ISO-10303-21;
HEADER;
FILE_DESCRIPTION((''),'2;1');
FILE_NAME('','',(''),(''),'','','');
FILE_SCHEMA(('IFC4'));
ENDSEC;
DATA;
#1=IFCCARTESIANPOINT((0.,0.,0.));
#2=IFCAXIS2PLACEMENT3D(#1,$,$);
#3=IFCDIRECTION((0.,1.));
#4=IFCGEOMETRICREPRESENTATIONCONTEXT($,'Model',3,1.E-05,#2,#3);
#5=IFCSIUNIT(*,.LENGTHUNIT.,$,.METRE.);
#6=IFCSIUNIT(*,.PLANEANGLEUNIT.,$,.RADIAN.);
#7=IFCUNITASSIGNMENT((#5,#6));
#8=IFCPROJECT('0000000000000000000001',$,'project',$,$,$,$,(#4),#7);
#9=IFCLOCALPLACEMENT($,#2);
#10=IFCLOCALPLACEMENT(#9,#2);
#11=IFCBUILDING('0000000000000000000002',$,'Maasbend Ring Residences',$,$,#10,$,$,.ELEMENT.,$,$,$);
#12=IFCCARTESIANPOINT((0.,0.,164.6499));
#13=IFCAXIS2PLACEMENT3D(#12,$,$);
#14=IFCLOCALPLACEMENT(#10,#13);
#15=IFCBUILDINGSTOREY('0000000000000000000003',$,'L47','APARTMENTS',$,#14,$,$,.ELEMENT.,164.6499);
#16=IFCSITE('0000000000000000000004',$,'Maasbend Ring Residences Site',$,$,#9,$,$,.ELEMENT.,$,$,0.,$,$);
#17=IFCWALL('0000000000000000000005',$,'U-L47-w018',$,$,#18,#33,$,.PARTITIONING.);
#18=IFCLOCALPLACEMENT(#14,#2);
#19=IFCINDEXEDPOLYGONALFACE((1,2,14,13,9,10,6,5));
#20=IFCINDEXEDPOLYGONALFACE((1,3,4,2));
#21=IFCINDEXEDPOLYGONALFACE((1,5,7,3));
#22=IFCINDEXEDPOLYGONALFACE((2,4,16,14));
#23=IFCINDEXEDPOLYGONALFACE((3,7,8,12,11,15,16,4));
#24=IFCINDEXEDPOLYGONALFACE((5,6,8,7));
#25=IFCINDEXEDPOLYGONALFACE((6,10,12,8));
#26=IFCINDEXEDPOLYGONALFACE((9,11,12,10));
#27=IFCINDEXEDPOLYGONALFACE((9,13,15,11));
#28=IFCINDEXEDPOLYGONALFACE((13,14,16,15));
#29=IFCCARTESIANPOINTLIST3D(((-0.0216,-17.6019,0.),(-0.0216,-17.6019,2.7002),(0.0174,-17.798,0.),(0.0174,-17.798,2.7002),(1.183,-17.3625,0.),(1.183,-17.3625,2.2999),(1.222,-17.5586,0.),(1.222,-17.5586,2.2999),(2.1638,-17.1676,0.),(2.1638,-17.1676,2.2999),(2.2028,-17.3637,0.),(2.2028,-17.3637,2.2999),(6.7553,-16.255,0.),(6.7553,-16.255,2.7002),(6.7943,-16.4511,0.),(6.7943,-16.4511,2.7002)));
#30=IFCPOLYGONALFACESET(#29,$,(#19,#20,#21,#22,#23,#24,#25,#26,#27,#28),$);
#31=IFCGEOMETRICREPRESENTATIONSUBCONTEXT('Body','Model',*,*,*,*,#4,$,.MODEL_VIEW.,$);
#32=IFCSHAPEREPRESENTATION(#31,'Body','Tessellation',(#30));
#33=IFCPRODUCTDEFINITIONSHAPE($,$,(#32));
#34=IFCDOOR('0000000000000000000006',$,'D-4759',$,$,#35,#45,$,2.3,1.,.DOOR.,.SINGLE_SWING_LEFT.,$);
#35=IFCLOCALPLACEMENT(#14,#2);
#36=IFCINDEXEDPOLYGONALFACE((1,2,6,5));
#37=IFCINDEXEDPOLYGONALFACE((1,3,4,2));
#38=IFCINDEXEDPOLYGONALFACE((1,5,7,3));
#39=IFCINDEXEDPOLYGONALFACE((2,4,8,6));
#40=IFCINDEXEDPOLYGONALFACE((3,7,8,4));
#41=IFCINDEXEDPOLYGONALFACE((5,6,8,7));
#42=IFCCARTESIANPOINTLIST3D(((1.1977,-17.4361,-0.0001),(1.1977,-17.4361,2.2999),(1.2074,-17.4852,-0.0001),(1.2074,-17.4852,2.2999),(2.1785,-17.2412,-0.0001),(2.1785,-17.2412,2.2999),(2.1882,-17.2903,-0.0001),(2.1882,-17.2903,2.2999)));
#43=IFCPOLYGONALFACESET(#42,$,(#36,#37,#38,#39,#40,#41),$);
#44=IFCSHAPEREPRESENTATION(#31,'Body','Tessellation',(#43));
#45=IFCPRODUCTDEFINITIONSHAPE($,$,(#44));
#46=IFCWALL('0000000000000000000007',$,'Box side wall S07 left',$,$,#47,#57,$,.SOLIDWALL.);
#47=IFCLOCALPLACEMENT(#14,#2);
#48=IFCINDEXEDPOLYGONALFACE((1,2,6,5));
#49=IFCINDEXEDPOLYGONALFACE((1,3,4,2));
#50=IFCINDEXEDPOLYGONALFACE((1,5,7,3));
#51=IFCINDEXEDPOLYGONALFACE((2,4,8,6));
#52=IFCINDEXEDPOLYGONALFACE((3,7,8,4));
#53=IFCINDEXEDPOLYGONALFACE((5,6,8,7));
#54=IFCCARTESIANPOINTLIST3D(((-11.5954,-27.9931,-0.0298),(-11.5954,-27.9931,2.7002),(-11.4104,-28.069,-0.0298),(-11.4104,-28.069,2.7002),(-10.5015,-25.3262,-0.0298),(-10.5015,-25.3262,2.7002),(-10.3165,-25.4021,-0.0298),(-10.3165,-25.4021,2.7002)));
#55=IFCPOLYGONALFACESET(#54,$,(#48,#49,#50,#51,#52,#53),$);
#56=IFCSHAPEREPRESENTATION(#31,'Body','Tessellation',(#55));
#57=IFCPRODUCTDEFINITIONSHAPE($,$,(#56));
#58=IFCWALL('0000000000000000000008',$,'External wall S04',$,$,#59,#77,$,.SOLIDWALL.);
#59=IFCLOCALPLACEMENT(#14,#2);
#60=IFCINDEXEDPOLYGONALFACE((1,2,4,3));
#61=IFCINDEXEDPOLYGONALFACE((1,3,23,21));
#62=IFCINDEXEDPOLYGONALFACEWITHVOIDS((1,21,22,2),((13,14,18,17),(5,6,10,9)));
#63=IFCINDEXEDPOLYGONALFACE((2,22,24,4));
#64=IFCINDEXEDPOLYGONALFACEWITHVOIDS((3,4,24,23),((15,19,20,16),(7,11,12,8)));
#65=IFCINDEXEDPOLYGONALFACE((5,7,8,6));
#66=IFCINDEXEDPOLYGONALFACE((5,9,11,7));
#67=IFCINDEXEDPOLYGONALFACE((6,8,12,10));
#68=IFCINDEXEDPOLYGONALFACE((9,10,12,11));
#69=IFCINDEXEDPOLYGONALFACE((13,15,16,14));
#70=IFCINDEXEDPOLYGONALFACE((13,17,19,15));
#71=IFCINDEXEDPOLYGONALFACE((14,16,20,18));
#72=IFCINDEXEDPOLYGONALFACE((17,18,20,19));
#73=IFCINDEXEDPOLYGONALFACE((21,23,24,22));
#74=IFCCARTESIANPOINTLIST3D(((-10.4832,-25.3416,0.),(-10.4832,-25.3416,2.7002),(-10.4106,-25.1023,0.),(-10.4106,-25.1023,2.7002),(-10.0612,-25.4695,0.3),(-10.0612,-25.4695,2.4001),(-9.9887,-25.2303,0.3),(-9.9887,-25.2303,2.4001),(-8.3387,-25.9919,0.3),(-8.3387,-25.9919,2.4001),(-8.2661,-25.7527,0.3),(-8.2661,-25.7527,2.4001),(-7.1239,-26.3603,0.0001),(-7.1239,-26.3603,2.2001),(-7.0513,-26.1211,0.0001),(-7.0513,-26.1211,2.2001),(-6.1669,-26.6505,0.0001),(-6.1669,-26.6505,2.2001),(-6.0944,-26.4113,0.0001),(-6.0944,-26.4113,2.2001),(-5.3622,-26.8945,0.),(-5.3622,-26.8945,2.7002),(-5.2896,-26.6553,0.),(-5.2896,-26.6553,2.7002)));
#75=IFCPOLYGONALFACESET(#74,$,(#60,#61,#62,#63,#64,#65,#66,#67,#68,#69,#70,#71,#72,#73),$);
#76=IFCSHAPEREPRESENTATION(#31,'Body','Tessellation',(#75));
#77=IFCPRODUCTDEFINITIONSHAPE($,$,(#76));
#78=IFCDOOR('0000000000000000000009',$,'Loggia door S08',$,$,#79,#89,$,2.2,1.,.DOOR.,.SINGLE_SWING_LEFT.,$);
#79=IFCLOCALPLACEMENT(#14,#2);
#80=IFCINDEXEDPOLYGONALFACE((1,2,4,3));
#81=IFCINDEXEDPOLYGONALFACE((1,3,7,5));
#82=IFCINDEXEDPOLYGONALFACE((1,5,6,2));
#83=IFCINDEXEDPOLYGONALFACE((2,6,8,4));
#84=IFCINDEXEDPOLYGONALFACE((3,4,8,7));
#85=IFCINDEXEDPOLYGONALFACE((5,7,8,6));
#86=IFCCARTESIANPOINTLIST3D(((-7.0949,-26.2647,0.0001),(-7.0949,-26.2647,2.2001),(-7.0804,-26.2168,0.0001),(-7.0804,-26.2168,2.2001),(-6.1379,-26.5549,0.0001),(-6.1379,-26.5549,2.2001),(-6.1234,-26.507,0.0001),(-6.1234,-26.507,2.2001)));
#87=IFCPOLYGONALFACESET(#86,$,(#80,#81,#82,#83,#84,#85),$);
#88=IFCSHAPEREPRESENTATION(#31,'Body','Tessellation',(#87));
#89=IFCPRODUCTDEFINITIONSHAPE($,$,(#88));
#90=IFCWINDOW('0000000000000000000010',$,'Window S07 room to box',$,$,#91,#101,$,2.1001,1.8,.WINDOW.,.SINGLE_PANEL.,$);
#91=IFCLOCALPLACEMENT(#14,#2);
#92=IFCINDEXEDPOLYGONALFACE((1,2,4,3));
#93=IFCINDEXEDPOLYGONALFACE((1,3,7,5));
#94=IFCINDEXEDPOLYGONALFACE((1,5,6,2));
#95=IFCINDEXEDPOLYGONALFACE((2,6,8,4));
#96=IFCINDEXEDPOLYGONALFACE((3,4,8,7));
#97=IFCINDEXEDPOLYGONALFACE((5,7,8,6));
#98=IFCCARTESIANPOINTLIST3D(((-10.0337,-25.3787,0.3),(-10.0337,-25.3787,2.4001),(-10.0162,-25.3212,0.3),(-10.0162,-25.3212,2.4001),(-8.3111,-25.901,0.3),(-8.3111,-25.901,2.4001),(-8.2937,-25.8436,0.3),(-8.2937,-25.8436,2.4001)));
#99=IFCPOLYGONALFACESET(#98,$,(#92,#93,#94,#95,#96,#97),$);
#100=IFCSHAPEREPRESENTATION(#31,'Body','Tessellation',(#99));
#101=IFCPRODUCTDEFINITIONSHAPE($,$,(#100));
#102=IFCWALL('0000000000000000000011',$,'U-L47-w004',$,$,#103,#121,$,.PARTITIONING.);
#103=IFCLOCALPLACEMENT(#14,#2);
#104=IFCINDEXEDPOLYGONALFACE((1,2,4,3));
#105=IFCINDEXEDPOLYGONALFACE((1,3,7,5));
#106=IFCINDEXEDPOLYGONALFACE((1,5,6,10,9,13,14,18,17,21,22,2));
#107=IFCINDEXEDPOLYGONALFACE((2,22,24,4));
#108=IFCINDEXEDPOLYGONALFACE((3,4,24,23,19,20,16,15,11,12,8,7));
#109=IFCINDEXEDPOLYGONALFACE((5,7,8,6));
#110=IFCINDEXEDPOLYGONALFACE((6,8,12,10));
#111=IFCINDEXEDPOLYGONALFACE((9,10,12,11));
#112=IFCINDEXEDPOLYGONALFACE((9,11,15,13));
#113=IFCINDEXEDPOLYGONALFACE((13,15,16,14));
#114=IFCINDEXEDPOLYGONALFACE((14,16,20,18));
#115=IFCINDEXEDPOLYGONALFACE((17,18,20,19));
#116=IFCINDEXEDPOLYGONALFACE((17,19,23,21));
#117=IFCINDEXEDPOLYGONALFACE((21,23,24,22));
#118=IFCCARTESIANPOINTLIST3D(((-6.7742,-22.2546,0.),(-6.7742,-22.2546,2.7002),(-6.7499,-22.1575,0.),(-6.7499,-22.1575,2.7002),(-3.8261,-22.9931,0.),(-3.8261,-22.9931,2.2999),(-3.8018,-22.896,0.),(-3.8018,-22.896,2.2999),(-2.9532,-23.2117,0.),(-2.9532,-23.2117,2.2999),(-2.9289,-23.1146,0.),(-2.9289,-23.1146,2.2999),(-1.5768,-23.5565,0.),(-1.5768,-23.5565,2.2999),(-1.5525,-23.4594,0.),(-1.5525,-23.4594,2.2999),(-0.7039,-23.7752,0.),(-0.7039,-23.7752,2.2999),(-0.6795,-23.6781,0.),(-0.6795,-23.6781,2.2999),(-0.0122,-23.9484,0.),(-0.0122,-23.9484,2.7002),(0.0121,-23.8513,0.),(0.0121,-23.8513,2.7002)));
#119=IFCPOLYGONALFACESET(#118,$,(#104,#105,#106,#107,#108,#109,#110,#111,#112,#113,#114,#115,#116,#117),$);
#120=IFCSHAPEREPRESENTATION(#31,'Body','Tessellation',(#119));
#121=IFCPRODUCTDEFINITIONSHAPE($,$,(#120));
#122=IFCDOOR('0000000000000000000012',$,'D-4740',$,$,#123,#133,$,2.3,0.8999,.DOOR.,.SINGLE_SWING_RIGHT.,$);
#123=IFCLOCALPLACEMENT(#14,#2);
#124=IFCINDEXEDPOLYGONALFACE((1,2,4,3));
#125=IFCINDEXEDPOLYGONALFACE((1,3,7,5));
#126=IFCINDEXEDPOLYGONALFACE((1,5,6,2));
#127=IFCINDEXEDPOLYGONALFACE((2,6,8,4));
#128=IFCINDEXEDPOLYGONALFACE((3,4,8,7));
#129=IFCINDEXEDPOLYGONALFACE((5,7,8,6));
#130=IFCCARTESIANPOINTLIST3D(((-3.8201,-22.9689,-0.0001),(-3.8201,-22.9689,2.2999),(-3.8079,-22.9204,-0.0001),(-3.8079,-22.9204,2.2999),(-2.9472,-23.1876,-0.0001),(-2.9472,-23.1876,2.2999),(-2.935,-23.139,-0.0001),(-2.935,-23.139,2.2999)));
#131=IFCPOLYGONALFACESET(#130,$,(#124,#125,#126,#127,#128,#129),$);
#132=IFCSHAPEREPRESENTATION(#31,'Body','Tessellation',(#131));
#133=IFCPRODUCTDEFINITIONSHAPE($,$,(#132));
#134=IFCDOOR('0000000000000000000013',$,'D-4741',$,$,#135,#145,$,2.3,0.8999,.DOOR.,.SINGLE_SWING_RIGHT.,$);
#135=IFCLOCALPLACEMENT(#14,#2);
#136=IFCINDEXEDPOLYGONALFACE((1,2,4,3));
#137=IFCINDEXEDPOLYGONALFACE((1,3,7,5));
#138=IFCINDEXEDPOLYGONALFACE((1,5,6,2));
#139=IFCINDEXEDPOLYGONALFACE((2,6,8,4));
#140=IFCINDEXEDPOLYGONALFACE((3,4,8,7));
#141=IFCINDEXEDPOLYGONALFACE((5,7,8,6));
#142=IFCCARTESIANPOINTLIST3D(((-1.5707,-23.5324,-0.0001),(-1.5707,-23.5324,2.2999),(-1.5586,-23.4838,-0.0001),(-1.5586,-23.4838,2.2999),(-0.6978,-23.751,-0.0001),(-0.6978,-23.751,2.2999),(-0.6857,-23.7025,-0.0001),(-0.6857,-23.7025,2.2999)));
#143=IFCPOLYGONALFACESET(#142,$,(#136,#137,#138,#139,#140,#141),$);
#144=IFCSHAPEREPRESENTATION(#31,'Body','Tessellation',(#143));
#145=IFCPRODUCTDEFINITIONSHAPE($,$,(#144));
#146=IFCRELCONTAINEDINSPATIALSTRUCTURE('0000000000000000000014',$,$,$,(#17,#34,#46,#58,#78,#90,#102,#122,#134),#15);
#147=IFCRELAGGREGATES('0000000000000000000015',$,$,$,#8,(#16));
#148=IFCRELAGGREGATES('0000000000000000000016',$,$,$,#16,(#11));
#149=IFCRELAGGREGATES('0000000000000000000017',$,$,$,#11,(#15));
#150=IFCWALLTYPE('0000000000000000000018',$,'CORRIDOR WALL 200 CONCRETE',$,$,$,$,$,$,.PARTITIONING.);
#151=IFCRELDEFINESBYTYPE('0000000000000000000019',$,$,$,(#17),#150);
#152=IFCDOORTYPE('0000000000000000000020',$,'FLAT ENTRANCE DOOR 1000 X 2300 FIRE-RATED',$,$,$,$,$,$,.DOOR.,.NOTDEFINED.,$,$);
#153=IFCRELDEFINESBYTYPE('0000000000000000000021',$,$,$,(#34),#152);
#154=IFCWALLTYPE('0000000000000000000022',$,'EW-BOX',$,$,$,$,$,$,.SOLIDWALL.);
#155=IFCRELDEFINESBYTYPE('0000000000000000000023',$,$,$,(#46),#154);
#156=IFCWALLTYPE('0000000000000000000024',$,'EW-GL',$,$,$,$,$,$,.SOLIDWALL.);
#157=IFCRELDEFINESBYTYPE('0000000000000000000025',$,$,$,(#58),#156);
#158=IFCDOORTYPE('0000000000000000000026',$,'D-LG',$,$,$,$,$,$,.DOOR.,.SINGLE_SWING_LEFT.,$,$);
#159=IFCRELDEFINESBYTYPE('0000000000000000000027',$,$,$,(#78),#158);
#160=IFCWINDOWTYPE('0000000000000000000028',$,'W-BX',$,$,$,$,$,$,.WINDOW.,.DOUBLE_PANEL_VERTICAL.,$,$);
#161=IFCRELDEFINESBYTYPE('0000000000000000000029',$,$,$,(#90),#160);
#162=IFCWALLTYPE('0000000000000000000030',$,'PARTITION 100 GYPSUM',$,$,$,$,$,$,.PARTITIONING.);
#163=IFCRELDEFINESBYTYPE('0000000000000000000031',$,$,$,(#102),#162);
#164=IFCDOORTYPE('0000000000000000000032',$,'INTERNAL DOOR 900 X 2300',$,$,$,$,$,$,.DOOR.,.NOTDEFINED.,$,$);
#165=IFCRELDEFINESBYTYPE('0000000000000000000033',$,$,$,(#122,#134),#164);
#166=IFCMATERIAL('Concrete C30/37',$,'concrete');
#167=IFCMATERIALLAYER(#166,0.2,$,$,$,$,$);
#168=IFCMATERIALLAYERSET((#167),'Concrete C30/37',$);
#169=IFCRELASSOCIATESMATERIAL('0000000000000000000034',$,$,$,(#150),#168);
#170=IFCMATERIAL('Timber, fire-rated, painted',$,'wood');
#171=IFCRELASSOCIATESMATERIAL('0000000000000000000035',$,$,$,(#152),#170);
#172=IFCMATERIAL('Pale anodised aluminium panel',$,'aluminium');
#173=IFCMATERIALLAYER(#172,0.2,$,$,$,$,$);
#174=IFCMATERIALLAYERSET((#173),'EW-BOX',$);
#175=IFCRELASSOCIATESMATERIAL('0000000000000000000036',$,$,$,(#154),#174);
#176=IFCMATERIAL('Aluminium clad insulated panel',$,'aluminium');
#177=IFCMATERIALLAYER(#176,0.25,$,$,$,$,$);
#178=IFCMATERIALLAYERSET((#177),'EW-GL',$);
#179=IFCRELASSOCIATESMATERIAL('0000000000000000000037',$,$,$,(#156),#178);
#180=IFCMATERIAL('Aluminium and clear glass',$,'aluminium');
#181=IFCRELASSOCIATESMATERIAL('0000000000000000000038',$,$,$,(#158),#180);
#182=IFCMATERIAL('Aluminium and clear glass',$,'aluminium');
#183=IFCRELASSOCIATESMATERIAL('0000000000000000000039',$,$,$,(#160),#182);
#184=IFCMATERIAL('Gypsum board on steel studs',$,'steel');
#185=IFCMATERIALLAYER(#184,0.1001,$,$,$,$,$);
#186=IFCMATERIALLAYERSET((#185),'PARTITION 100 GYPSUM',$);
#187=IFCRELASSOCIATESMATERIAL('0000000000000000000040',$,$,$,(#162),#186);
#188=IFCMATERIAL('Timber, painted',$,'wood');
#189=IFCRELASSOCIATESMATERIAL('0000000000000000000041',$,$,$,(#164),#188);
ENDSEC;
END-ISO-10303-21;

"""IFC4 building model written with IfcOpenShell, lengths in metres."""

from ifc_helpers import new_model, si_unit, direction, frame, frame_2d, origin, place, context, subcontext, project, spatial, rectangle, extrude, material, layer, layer_set, type_object, element, fill, save


model = new_model("IFC4")

# Units and contexts
model_context = context("Model", 3, precision=1e-05, world=origin(), true_north=direction((0.0, 1.0)))
body_context = subcontext(model_context, "Body", "Model", "MODEL_VIEW")
ifc_project = project(units=[si_unit("LENGTHUNIT", "METRE"), si_unit("PLANEANGLEUNIT", "RADIAN")], contexts=[model_context])

# Site, building, storey
site_placement = place(None, origin())
site = spatial("IfcSite", under=ifc_project, at=site_placement, Name="Maasbend Ring Residences Site", CompositionType="ELEMENT", RefElevation=0.0)
building_placement = place(site_placement, origin())
building = spatial("IfcBuilding", under=site, at=building_placement, Name="Maasbend Ring Residences", CompositionType="ELEMENT")
storey_placement = place(building_placement, frame((0.0, 0.0, 164.6499)))
storey = spatial("IfcBuildingStorey", under=building, at=storey_placement, Name="L47", Description="APARTMENTS", CompositionType="ELEMENT", Elevation=164.6499)

# Wall, opening, door
ifc_material_1 = material(Name="Concrete C30/37", Category="concrete")
ifc_layer_1 = layer(ifc_material_1, 0.2)
ifc_layer_set_1 = layer_set([ifc_layer_1], Name="Concrete C30/37")
wall_type_1 = type_object("IfcWallType", Name="CORRIDOR WALL 200 CONCRETE", PredefinedType="PARTITIONING", material=ifc_layer_set_1)
ifc_material_2 = material(Name="Timber, fire-rated, painted", Category="wood")
door_type_1 = type_object("IfcDoorType", Name="FLAT ENTRANCE DOOR 1000 X 2300 FIRE-RATED", OperationType="NOTDEFINED", PredefinedType="DOOR", material=ifc_material_2)
wall_1_placement = place(storey_placement, frame((-0.002, -17.7, 0.0), z_axis=(0.0, 0.0, 1.0), x_axis=(0.980815, 0.19494, 0.0)))
wall_1 = element("IfcWall", 1, at=wall_1_placement, inside=storey, type_object=wall_type_1, Name="U-L47-w018", PredefinedType="PARTITIONING", context=body_context, shape_type="SweptSolid", body=[
    extrude(rectangle(XDim=6.9094, YDim=0.2, at=frame_2d((3.4546, 0.0))), origin(), (0.0, 0.0, 1.0), 2.7002),
])
opening_1_placement = place(wall_1_placement, frame((1.228, 0.0, 0.0)))
opening_1 = element("IfcOpeningElement", 2, at=opening_1_placement, cuts=wall_1, PredefinedType="OPENING", context=body_context, shape_type="SweptSolid", body=[
    extrude(rectangle(XDim=1.0, YDim=2.3, at=frame_2d((0.5, 1.1499))), frame((0.0, 0.1099, 0.0), z_axis=(0.0, -1.0, 0.0), x_axis=(1.0, 0.0, 0.0)), (0.0, 0.0, 1.0), 0.22),
])
door_1_placement = place(opening_1_placement, origin())
door_1 = element("IfcDoor", 3, at=door_1_placement, inside=storey, type_object=door_type_1, Name="D-4759", OperationType="SINGLE_SWING_LEFT", OverallHeight=2.3, OverallWidth=1.0, PredefinedType="DOOR", context=body_context, shape_type="SweptSolid", body=[
    extrude(rectangle(XDim=1.0, YDim=2.3, at=frame_2d((0.5, 1.1499))), frame((0.0, 0.0249, 0.0), z_axis=(0.0, -1.0, 0.0), x_axis=(1.0, 0.0, 0.0)), (0.0, 0.0, 1.0), 0.05),
])
fill(opening_1, door_1)

# Wall
ifc_material_3 = material(Name="Pale anodised aluminium panel", Category="aluminium")
ifc_layer_2 = layer(ifc_material_3, 0.2)
ifc_layer_set_2 = layer_set([ifc_layer_2], Name="EW-BOX")
wall_type_2 = type_object("IfcWallType", Name="EW-BOX", PredefinedType="SOLIDWALL", material=ifc_layer_set_2)
wall_2_placement = place(storey_placement, frame((-10.4089, -25.364, -0.0298), z_axis=(0.0, 0.0, 1.0), x_axis=(-0.37951, -0.925188, 0.0)))
element("IfcWall", 4, at=wall_2_placement, inside=storey, type_object=wall_type_2, Name="Box side wall S07 left", PredefinedType="SOLIDWALL", context=body_context, shape_type="SweptSolid", body=[
    extrude(rectangle(XDim=2.8826, YDim=0.2, at=frame_2d((1.4414, 0.0))), origin(), (0.0, 0.0, 1.0), 2.73),
])

# Wall, openings, door, window
ifc_material_4 = material(Name="Aluminium clad insulated panel", Category="aluminium")
ifc_layer_3 = layer(ifc_material_4, 0.25)
ifc_layer_set_3 = layer_set([ifc_layer_3], Name="EW-GL")
wall_type_3 = type_object("IfcWallType", Name="EW-GL", PredefinedType="SOLIDWALL", material=ifc_layer_set_3)
wall_3_placement = place(storey_placement, frame((-10.447, -25.2219, 0.0), z_axis=(0.0, 0.0, 1.0), x_axis=(0.956966, -0.290201, 0.0)))
wall_3 = element("IfcWall", 5, at=wall_3_placement, inside=storey, type_object=wall_type_3, Name="External wall S04", PredefinedType="SOLIDWALL", context=body_context, shape_type="SweptSolid", body=[
    extrude(rectangle(XDim=5.3513, YDim=0.25, at=frame_2d((2.6758, 0.0))), origin(), (0.0, 0.0, 1.0), 2.7002),
])
opening_2_placement = place(wall_3_placement, frame((0.4412, 0.0, 0.3)))
opening_2 = element("IfcOpeningElement", 6, at=opening_2_placement, cuts=wall_3, PredefinedType="OPENING", context=body_context, shape_type="SweptSolid", body=[
    extrude(rectangle(XDim=1.8, YDim=2.1001, at=frame_2d((0.8999, 1.05))), frame((0.0, 0.135, 0.0), z_axis=(0.0, -1.0, 0.0), x_axis=(1.0, 0.0, 0.0)), (0.0, 0.0, 1.0), 0.27),
])
opening_3_placement = place(wall_3_placement, frame((3.5105, 0.0, 0.0)))
opening_3 = element("IfcOpeningElement", 7, at=opening_3_placement, cuts=wall_3, PredefinedType="OPENING", context=body_context, shape_type="SweptSolid", body=[
    extrude(rectangle(XDim=1.0, YDim=2.2, at=frame_2d((0.5, 1.1001))), frame((0.0, 0.135, 0.0), z_axis=(0.0, -1.0, 0.0), x_axis=(1.0, 0.0, 0.0)), (0.0, 0.0, 1.0), 0.27),
])
ifc_material_5 = material(Name="Aluminium and clear glass", Category="aluminium")
door_type_2 = type_object("IfcDoorType", Name="D-LG", OperationType="SINGLE_SWING_LEFT", PredefinedType="DOOR", material=ifc_material_5)
door_2_placement = place(opening_3_placement, origin())
door_2 = element("IfcDoor", 8, at=door_2_placement, inside=storey, type_object=door_type_2, Name="Loggia door S08", OperationType="SINGLE_SWING_LEFT", OverallHeight=2.2, OverallWidth=1.0, PredefinedType="DOOR", context=body_context, shape_type="SweptSolid", body=[
    extrude(rectangle(XDim=1.0, YDim=2.2, at=frame_2d((0.5, 1.1001))), frame((0.0, 0.0249, 0.0), z_axis=(0.0, -1.0, 0.0), x_axis=(1.0, 0.0, 0.0)), (0.0, 0.0, 1.0), 0.05),
])
fill(opening_3, door_2)
ifc_material_6 = material(Name="Aluminium and clear glass", Category="aluminium")
window_type = type_object("IfcWindowType", Name="W-BX", PartitioningType="DOUBLE_PANEL_VERTICAL", PredefinedType="WINDOW", material=ifc_material_6)
window_placement = place(opening_2_placement, origin())
window = element("IfcWindow", 9, at=window_placement, inside=storey, type_object=window_type, Name="Window S07 room to box", OverallHeight=2.1001, OverallWidth=1.8, PartitioningType="SINGLE_PANEL", PredefinedType="WINDOW", context=body_context, shape_type="SweptSolid", body=[
    extrude(rectangle(XDim=1.8, YDim=2.1001, at=frame_2d((0.8999, 1.05))), frame((0.0, 0.03, 0.0), z_axis=(0.0, -1.0, 0.0), x_axis=(1.0, 0.0, 0.0)), (0.0, 0.0, 1.0), 0.0601),
])
fill(opening_2, window)

# Wall, openings, doors
ifc_material_7 = material(Name="Gypsum board on steel studs", Category="steel")
ifc_layer_4 = layer(ifc_material_7, 0.1001)
ifc_layer_set_4 = layer_set([ifc_layer_4], Name="PARTITION 100 GYPSUM")
wall_type_4 = type_object("IfcWallType", Name="PARTITION 100 GYPSUM", PredefinedType="PARTITIONING", material=ifc_layer_set_4)
wall_4_placement = place(storey_placement, frame((-6.762, -22.2061, 0.0), z_axis=(0.0, 0.0, 1.0), x_axis=(0.970029, -0.242989, 0.0)))
wall_4 = element("IfcWall", 10, at=wall_4_placement, inside=storey, type_object=wall_type_4, Name="U-L47-w004", PredefinedType="PARTITIONING", context=body_context, shape_type="SweptSolid", body=[
    extrude(rectangle(XDim=6.9709, YDim=0.1001, at=frame_2d((3.4854, 0.0))), origin(), (0.0, 0.0, 1.0), 2.7002),
])
opening_4_placement = place(wall_4_placement, frame((3.0391, 0.0, 0.0)))
opening_4 = element("IfcOpeningElement", 11, at=opening_4_placement, cuts=wall_4, PredefinedType="OPENING", context=body_context, shape_type="SweptSolid", body=[
    extrude(rectangle(XDim=0.8999, YDim=2.3, at=frame_2d((0.45, 1.1499))), frame((0.0, 0.0601, 0.0), z_axis=(0.0, -1.0, 0.0), x_axis=(1.0, 0.0, 0.0)), (0.0, 0.0, 1.0), 0.1201),
])
opening_5_placement = place(wall_4_placement, frame((5.3579, 0.0, 0.0)))
opening_5 = element("IfcOpeningElement", 12, at=opening_5_placement, cuts=wall_4, PredefinedType="OPENING", context=body_context, shape_type="SweptSolid", body=[
    extrude(rectangle(XDim=0.8999, YDim=2.3, at=frame_2d((0.45, 1.1499))), frame((0.0, 0.0601, 0.0), z_axis=(0.0, -1.0, 0.0), x_axis=(1.0, 0.0, 0.0)), (0.0, 0.0, 1.0), 0.1201),
])
ifc_material_8 = material(Name="Timber, painted", Category="wood")
door_type_3 = type_object("IfcDoorType", Name="INTERNAL DOOR 900 X 2300", OperationType="NOTDEFINED", PredefinedType="DOOR", material=ifc_material_8)
door_3_placement = place(opening_4_placement, origin())
door_3 = element("IfcDoor", 13, at=door_3_placement, inside=storey, type_object=door_type_3, Name="D-4740", OperationType="SINGLE_SWING_RIGHT", OverallHeight=2.3, OverallWidth=0.8999, PredefinedType="DOOR", context=body_context, shape_type="SweptSolid", body=[
    extrude(rectangle(XDim=0.8999, YDim=2.3, at=frame_2d((0.45, 1.1499))), frame((0.0, 0.0249, 0.0), z_axis=(0.0, -1.0, 0.0), x_axis=(1.0, 0.0, 0.0)), (0.0, 0.0, 1.0), 0.05),
])
fill(opening_4, door_3)
door_4_placement = place(opening_5_placement, origin())
door_4 = element("IfcDoor", 14, at=door_4_placement, inside=storey, type_object=door_type_3, Name="D-4741", OperationType="SINGLE_SWING_RIGHT", OverallHeight=2.3, OverallWidth=0.8999, PredefinedType="DOOR", context=body_context, shape_type="SweptSolid", body=[
    extrude(rectangle(XDim=0.8999, YDim=2.3, at=frame_2d((0.45, 1.1499))), frame((0.0, 0.0249, 0.0), z_axis=(0.0, -1.0, 0.0), x_axis=(1.0, 0.0, 0.0)), (0.0, 0.0, 1.0), 0.05),
])
fill(opening_5, door_4)

save(model, "model.ifc")
